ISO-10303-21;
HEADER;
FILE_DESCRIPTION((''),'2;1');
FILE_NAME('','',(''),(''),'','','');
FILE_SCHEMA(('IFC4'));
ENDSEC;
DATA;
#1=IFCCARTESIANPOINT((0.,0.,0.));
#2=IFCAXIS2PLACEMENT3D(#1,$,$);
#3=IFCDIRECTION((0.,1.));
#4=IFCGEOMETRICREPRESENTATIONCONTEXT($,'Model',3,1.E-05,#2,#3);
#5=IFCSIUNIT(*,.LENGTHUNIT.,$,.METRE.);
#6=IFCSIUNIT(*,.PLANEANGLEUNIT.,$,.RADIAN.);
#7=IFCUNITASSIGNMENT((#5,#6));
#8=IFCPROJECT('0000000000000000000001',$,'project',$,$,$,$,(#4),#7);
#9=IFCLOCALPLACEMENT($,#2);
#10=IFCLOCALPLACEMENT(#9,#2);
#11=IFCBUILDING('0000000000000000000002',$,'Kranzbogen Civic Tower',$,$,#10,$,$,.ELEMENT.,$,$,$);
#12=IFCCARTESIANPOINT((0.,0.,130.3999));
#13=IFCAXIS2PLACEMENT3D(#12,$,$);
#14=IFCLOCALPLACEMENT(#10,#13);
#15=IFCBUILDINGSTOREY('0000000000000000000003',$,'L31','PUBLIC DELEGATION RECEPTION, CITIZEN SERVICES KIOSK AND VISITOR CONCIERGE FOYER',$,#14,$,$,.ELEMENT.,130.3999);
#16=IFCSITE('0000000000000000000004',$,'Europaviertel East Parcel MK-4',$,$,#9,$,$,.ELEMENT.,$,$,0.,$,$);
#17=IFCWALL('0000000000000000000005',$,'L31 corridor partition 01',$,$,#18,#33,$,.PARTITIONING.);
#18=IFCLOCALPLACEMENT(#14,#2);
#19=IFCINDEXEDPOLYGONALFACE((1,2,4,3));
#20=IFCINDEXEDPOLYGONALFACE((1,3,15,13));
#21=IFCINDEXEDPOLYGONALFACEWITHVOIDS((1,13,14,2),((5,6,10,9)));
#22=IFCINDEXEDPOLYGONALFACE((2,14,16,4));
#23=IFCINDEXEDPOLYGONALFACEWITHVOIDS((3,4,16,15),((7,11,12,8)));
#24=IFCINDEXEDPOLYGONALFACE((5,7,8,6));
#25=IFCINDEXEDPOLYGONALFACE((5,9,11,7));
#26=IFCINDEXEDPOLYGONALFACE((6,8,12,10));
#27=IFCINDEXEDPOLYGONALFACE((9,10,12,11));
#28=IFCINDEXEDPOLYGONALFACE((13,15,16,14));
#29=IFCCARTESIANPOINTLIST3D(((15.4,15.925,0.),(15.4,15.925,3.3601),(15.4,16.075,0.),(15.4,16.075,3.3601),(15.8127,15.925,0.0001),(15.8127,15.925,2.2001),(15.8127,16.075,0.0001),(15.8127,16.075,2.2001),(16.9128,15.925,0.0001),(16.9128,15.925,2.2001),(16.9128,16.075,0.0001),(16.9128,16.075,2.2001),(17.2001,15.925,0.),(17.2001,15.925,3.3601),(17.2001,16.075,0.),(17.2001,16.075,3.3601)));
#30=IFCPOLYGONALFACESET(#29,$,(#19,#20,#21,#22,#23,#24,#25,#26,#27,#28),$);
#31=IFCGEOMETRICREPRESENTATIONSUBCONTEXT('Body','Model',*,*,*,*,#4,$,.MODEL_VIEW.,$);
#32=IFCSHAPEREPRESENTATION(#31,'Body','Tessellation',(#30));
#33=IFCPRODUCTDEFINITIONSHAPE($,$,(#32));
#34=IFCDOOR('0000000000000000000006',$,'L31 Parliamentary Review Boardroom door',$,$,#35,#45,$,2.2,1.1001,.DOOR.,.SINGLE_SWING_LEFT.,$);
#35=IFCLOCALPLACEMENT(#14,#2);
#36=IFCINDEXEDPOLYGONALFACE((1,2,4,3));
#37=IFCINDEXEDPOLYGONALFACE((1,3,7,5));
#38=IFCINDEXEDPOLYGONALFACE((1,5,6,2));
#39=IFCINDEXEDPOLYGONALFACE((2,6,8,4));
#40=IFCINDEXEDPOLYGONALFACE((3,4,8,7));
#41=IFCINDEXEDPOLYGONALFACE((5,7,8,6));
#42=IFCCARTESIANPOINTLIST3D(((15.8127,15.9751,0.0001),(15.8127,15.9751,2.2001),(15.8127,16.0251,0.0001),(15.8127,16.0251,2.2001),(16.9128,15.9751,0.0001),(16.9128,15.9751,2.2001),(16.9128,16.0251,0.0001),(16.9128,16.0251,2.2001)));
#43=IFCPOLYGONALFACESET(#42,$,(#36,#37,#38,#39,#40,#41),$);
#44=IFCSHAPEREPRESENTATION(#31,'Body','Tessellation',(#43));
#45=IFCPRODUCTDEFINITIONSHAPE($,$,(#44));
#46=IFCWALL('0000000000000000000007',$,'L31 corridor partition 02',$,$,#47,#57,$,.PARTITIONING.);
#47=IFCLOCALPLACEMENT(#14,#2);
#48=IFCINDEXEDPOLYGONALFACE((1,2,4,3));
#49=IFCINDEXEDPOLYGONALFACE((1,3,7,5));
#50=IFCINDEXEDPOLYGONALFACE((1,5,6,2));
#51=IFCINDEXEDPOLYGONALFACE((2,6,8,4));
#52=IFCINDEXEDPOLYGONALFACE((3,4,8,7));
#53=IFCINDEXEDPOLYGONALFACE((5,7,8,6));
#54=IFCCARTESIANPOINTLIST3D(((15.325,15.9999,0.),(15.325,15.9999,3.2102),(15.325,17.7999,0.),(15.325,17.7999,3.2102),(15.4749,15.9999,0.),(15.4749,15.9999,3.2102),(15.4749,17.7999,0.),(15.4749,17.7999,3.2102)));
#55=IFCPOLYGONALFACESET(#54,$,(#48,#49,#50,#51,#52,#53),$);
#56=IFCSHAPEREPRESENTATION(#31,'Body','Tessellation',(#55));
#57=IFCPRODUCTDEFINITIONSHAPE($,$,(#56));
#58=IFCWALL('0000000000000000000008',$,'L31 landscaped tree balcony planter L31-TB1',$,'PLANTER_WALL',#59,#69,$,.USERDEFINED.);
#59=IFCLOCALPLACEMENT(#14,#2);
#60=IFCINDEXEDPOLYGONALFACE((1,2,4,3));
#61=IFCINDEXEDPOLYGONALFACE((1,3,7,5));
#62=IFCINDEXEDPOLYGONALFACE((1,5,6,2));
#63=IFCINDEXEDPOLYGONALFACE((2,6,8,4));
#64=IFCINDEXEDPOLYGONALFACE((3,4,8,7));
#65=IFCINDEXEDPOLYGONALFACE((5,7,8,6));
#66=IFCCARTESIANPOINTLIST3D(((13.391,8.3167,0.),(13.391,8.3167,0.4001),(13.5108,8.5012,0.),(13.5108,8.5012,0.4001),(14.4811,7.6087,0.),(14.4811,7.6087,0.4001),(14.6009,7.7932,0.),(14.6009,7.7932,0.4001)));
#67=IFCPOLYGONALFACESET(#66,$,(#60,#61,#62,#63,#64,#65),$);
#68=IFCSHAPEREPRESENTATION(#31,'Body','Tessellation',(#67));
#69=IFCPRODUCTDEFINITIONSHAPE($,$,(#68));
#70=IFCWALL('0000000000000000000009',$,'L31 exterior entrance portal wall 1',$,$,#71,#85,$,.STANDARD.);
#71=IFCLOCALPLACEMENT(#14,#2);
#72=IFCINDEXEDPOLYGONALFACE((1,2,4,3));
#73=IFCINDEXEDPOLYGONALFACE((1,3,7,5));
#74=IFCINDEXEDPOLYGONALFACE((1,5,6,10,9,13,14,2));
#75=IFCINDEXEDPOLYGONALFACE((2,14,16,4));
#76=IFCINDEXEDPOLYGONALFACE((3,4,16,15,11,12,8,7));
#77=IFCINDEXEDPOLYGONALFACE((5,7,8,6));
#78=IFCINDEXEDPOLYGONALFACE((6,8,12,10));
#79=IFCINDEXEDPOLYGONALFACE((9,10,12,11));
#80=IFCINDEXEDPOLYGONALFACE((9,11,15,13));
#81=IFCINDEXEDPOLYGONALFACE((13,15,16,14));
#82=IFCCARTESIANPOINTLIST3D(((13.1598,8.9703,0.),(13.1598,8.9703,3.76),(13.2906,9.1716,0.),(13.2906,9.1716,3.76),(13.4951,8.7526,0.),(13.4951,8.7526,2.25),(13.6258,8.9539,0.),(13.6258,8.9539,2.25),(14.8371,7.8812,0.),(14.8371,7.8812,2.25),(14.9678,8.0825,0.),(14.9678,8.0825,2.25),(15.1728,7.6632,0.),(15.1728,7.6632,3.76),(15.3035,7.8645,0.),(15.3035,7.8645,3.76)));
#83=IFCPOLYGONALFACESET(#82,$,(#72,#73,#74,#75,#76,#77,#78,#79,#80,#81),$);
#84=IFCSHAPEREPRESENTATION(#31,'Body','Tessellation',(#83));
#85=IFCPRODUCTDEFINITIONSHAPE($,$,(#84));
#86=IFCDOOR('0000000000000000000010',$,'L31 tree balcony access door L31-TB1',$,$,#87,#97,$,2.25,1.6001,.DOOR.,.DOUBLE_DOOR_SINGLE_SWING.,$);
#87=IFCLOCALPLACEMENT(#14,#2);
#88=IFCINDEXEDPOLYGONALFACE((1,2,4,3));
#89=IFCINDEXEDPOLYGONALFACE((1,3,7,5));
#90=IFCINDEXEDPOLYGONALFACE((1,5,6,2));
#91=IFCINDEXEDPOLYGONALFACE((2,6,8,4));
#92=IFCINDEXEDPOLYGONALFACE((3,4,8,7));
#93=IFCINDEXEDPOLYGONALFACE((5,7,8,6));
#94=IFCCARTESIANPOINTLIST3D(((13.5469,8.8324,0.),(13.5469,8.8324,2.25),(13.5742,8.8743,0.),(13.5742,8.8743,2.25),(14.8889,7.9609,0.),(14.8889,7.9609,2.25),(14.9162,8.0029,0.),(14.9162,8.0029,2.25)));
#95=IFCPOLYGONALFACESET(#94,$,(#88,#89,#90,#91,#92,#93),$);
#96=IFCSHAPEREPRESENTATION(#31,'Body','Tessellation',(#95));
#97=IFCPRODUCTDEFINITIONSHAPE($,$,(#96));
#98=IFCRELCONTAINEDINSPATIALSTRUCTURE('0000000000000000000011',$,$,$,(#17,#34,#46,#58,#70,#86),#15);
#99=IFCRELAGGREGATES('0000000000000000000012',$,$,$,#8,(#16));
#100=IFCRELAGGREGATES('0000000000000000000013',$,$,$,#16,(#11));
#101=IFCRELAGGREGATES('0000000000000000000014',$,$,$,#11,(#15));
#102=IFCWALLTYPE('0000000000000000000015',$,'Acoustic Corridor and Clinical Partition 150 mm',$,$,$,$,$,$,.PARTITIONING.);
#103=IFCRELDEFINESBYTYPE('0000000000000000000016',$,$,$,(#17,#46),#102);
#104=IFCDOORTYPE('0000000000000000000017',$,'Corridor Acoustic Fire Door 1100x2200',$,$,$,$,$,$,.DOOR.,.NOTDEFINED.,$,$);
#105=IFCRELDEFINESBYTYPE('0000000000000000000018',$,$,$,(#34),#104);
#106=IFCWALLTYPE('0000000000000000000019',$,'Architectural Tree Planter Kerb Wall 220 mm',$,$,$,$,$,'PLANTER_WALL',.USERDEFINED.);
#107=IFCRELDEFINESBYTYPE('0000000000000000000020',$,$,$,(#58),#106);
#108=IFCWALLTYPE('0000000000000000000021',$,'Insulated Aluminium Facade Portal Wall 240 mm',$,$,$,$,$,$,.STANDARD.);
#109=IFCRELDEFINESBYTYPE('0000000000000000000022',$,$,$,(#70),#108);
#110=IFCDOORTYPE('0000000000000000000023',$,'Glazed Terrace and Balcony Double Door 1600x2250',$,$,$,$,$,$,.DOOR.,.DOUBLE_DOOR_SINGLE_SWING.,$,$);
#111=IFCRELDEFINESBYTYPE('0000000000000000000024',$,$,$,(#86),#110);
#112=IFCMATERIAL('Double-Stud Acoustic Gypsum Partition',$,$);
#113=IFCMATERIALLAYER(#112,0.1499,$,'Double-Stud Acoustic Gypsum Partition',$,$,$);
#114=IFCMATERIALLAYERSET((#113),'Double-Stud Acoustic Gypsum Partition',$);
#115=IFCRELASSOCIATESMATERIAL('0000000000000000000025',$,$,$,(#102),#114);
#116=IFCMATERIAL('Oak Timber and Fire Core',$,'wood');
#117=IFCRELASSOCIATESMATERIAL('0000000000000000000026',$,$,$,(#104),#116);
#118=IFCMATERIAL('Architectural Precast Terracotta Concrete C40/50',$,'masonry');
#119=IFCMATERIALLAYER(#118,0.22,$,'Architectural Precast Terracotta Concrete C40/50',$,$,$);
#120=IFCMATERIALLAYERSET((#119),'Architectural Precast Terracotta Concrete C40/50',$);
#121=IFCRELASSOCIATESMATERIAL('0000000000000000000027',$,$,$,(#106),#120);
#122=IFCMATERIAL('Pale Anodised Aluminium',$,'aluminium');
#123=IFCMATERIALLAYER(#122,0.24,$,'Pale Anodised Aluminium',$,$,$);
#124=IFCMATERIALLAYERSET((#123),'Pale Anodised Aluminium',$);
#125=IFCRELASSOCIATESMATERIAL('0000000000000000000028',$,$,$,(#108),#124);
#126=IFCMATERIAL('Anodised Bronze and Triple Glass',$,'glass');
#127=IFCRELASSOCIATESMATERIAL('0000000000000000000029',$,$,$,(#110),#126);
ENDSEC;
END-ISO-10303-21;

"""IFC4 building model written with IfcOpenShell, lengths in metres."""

from ifc_helpers import new_model, si_unit, direction, frame, frame_2d, origin, place, context, subcontext, project, spatial, rectangle, extrude, material, layer, layer_set, type_object, element, fill, save


model = new_model("IFC4")

# Units and contexts
model_context = context("Model", 3, precision=1e-05, world=origin(), true_north=direction((0.0, 1.0)))
body_context = subcontext(model_context, "Body", "Model", "MODEL_VIEW")
ifc_project = project(units=[si_unit("LENGTHUNIT", "METRE"), si_unit("PLANEANGLEUNIT", "RADIAN")], contexts=[model_context])

# Site, building, storey
site_placement = place(None, origin())
site = spatial("IfcSite", under=ifc_project, at=site_placement, Name="Europaviertel East Parcel MK-4", CompositionType="ELEMENT", RefElevation=0.0)
building_placement = place(site_placement, origin())
building = spatial("IfcBuilding", under=site, at=building_placement, Name="Kranzbogen Civic Tower", CompositionType="ELEMENT")
storey_placement = place(building_placement, frame((0.0, 0.0, 130.3999)))
storey = spatial("IfcBuildingStorey", under=building, at=storey_placement, Name="L31", Description="PUBLIC DELEGATION RECEPTION, CITIZEN SERVICES KIOSK AND VISITOR CONCIERGE FOYER", CompositionType="ELEMENT", Elevation=130.3999)

# Shared definitions
ifc_material_1 = material(Name="Pale Anodised Aluminium", Category="aluminium")

# Wall, opening, door
ifc_material_2 = material(Name="Double-Stud Acoustic Gypsum Partition")
ifc_layer_1 = layer(ifc_material_2, 0.1499, Name="Double-Stud Acoustic Gypsum Partition")
ifc_layer_set_1 = layer_set([ifc_layer_1], Name="Double-Stud Acoustic Gypsum Partition")
wall_type_1 = type_object("IfcWallType", Name="Acoustic Corridor and Clinical Partition 150 mm", PredefinedType="PARTITIONING", material=ifc_layer_set_1)
wall_1_placement = place(storey_placement, frame((17.2, 16.0, 0.0), z_axis=(0.0, 0.0, 1.0), x_axis=(-1.0, 0.0, 0.0)))
wall_1 = element("IfcWall", 1, at=wall_1_placement, inside=storey, type_object=wall_type_1, Name="L31 corridor partition 01", PredefinedType="PARTITIONING", context=body_context, shape_type="SweptSolid", body=[
    extrude(rectangle(XDim=1.8, YDim=0.1499, at=frame_2d((0.8999, 0.0))), origin(), (0.0, 0.0, 1.0), 3.3601),
])
opening_1_placement = place(wall_1_placement, frame((0.2871, 0.0, 0.0)))
opening_1 = element("IfcOpeningElement", 2, at=opening_1_placement, cuts=wall_1, PredefinedType="OPENING", context=body_context, shape_type="SweptSolid", body=[
    extrude(rectangle(XDim=1.1001, YDim=2.2, at=frame_2d((0.55, 1.1001))), frame((0.0, 0.085, 0.0), z_axis=(0.0, -1.0, 0.0), x_axis=(1.0, 0.0, 0.0)), (0.0, 0.0, 1.0), 0.1699),
])
ifc_material_3 = material(Name="Oak Timber and Fire Core", Category="wood")
door_type_1 = type_object("IfcDoorType", Name="Corridor Acoustic Fire Door 1100x2200", OperationType="NOTDEFINED", PredefinedType="DOOR", material=ifc_material_3)
door_1_placement = place(opening_1_placement, origin())
door_1 = element("IfcDoor", 3, at=door_1_placement, inside=storey, type_object=door_type_1, Name="L31 Parliamentary Review Boardroom door", OperationType="SINGLE_SWING_LEFT", OverallHeight=2.2, OverallWidth=1.1001, PredefinedType="DOOR", context=body_context, shape_type="SweptSolid", body=[
    extrude(rectangle(XDim=1.1001, YDim=2.2, at=frame_2d((0.55, 1.1001))), frame((0.0, 0.0249, 0.0), z_axis=(0.0, -1.0, 0.0), x_axis=(1.0, 0.0, 0.0)), (0.0, 0.0, 1.0), 0.05),
])
fill(opening_1, door_1)

# Walls
wall_2_placement = place(storey_placement, frame((15.3999, 16.0, 0.0), z_axis=(0.0, 0.0, 1.0), x_axis=(0.0, 1.0, 0.0)))
element("IfcWall", 4, at=wall_2_placement, inside=storey, type_object=wall_type_1, Name="L31 corridor partition 02", PredefinedType="PARTITIONING", context=body_context, shape_type="SweptSolid", body=[
    extrude(rectangle(XDim=1.8, YDim=0.1499, at=frame_2d((0.8999, 0.0))), origin(), (0.0, 0.0, 1.0), 3.2102),
])
ifc_material_4 = material(Name="Architectural Precast Terracotta Concrete C40/50", Category="masonry")
ifc_layer_2 = layer(ifc_material_4, 0.22, Name="Architectural Precast Terracotta Concrete C40/50")
ifc_layer_set_2 = layer_set([ifc_layer_2], Name="Architectural Precast Terracotta Concrete C40/50")
wall_type_2 = type_object("IfcWallType", Name="Architectural Tree Planter Kerb Wall 220 mm", ElementType="PLANTER_WALL", PredefinedType="USERDEFINED", material=ifc_layer_set_2)
wall_3_placement = place(storey_placement, frame((13.4509, 8.4089, 0.0), z_axis=(0.0, 0.0, 1.0), x_axis=(0.838637, -0.544691, 0.0)))
element("IfcWall", 5, at=wall_3_placement, inside=storey, type_object=wall_type_2, Name="L31 landscaped tree balcony planter L31-TB1", ObjectType="PLANTER_WALL", PredefinedType="USERDEFINED", context=body_context, shape_type="SweptSolid", body=[
    extrude(rectangle(XDim=1.2998, YDim=0.22, at=frame_2d((0.6499, 0.0))), origin(), (0.0, 0.0, 1.0), 0.4001),
])

# Wall, opening, door
ifc_layer_3 = layer(ifc_material_1, 0.24, Name="Pale Anodised Aluminium")
ifc_layer_set_3 = layer_set([ifc_layer_3], Name="Pale Anodised Aluminium")
wall_type_3 = type_object("IfcWallType", Name="Insulated Aluminium Facade Portal Wall 240 mm", PredefinedType="STANDARD", material=ifc_layer_set_3)
wall_4_placement = place(storey_placement, frame((13.2251, 9.071, 0.0), z_axis=(0.0, 0.0, 1.0), x_axis=(0.838688, -0.544613, 0.0)))
wall_4 = element("IfcWall", 6, at=wall_4_placement, inside=storey, type_object=wall_type_3, Name="L31 exterior entrance portal wall 1", PredefinedType="STANDARD", context=body_context, shape_type="SweptSolid", body=[
    extrude(rectangle(XDim=2.4001, YDim=0.24, at=frame_2d((1.2002, 0.0))), origin(), (0.0, 0.0, 1.0), 3.76),
])
opening_2_placement = place(wall_4_placement, frame((0.3999, 0.0, 0.0)))
opening_2 = element("IfcOpeningElement", 7, at=opening_2_placement, cuts=wall_4, PredefinedType="OPENING", context=body_context, shape_type="SweptSolid", body=[
    extrude(rectangle(XDim=1.6001, YDim=2.25, at=frame_2d((0.8, 1.125))), frame((0.0, 0.1299, 0.0), z_axis=(0.0, -1.0, 0.0), x_axis=(1.0, 0.0, 0.0)), (0.0, 0.0, 1.0), 0.26),
])
ifc_material_5 = material(Name="Anodised Bronze and Triple Glass", Category="glass")
door_type_2 = type_object("IfcDoorType", Name="Glazed Terrace and Balcony Double Door 1600x2250", OperationType="DOUBLE_DOOR_SINGLE_SWING", PredefinedType="DOOR", material=ifc_material_5)
door_2_placement = place(opening_2_placement, frame((1.6001, 0.0, 0.0), z_axis=(0.0, 0.0, 1.0), x_axis=(-1.0, 0.0, 0.0)))
door_2 = element("IfcDoor", 8, at=door_2_placement, inside=storey, type_object=door_type_2, Name="L31 tree balcony access door L31-TB1", OperationType="DOUBLE_DOOR_SINGLE_SWING", OverallHeight=2.25, OverallWidth=1.6001, PredefinedType="DOOR", context=body_context, shape_type="SweptSolid", body=[
    extrude(rectangle(XDim=1.6001, YDim=2.25, at=frame_2d((0.8, 1.125))), frame((0.0, 0.0249, 0.0), z_axis=(0.0, -1.0, 0.0), x_axis=(1.0, 0.0, 0.0)), (0.0, 0.0, 1.0), 0.05),
])
fill(opening_2, door_2)

save(model, "model.ifc")
